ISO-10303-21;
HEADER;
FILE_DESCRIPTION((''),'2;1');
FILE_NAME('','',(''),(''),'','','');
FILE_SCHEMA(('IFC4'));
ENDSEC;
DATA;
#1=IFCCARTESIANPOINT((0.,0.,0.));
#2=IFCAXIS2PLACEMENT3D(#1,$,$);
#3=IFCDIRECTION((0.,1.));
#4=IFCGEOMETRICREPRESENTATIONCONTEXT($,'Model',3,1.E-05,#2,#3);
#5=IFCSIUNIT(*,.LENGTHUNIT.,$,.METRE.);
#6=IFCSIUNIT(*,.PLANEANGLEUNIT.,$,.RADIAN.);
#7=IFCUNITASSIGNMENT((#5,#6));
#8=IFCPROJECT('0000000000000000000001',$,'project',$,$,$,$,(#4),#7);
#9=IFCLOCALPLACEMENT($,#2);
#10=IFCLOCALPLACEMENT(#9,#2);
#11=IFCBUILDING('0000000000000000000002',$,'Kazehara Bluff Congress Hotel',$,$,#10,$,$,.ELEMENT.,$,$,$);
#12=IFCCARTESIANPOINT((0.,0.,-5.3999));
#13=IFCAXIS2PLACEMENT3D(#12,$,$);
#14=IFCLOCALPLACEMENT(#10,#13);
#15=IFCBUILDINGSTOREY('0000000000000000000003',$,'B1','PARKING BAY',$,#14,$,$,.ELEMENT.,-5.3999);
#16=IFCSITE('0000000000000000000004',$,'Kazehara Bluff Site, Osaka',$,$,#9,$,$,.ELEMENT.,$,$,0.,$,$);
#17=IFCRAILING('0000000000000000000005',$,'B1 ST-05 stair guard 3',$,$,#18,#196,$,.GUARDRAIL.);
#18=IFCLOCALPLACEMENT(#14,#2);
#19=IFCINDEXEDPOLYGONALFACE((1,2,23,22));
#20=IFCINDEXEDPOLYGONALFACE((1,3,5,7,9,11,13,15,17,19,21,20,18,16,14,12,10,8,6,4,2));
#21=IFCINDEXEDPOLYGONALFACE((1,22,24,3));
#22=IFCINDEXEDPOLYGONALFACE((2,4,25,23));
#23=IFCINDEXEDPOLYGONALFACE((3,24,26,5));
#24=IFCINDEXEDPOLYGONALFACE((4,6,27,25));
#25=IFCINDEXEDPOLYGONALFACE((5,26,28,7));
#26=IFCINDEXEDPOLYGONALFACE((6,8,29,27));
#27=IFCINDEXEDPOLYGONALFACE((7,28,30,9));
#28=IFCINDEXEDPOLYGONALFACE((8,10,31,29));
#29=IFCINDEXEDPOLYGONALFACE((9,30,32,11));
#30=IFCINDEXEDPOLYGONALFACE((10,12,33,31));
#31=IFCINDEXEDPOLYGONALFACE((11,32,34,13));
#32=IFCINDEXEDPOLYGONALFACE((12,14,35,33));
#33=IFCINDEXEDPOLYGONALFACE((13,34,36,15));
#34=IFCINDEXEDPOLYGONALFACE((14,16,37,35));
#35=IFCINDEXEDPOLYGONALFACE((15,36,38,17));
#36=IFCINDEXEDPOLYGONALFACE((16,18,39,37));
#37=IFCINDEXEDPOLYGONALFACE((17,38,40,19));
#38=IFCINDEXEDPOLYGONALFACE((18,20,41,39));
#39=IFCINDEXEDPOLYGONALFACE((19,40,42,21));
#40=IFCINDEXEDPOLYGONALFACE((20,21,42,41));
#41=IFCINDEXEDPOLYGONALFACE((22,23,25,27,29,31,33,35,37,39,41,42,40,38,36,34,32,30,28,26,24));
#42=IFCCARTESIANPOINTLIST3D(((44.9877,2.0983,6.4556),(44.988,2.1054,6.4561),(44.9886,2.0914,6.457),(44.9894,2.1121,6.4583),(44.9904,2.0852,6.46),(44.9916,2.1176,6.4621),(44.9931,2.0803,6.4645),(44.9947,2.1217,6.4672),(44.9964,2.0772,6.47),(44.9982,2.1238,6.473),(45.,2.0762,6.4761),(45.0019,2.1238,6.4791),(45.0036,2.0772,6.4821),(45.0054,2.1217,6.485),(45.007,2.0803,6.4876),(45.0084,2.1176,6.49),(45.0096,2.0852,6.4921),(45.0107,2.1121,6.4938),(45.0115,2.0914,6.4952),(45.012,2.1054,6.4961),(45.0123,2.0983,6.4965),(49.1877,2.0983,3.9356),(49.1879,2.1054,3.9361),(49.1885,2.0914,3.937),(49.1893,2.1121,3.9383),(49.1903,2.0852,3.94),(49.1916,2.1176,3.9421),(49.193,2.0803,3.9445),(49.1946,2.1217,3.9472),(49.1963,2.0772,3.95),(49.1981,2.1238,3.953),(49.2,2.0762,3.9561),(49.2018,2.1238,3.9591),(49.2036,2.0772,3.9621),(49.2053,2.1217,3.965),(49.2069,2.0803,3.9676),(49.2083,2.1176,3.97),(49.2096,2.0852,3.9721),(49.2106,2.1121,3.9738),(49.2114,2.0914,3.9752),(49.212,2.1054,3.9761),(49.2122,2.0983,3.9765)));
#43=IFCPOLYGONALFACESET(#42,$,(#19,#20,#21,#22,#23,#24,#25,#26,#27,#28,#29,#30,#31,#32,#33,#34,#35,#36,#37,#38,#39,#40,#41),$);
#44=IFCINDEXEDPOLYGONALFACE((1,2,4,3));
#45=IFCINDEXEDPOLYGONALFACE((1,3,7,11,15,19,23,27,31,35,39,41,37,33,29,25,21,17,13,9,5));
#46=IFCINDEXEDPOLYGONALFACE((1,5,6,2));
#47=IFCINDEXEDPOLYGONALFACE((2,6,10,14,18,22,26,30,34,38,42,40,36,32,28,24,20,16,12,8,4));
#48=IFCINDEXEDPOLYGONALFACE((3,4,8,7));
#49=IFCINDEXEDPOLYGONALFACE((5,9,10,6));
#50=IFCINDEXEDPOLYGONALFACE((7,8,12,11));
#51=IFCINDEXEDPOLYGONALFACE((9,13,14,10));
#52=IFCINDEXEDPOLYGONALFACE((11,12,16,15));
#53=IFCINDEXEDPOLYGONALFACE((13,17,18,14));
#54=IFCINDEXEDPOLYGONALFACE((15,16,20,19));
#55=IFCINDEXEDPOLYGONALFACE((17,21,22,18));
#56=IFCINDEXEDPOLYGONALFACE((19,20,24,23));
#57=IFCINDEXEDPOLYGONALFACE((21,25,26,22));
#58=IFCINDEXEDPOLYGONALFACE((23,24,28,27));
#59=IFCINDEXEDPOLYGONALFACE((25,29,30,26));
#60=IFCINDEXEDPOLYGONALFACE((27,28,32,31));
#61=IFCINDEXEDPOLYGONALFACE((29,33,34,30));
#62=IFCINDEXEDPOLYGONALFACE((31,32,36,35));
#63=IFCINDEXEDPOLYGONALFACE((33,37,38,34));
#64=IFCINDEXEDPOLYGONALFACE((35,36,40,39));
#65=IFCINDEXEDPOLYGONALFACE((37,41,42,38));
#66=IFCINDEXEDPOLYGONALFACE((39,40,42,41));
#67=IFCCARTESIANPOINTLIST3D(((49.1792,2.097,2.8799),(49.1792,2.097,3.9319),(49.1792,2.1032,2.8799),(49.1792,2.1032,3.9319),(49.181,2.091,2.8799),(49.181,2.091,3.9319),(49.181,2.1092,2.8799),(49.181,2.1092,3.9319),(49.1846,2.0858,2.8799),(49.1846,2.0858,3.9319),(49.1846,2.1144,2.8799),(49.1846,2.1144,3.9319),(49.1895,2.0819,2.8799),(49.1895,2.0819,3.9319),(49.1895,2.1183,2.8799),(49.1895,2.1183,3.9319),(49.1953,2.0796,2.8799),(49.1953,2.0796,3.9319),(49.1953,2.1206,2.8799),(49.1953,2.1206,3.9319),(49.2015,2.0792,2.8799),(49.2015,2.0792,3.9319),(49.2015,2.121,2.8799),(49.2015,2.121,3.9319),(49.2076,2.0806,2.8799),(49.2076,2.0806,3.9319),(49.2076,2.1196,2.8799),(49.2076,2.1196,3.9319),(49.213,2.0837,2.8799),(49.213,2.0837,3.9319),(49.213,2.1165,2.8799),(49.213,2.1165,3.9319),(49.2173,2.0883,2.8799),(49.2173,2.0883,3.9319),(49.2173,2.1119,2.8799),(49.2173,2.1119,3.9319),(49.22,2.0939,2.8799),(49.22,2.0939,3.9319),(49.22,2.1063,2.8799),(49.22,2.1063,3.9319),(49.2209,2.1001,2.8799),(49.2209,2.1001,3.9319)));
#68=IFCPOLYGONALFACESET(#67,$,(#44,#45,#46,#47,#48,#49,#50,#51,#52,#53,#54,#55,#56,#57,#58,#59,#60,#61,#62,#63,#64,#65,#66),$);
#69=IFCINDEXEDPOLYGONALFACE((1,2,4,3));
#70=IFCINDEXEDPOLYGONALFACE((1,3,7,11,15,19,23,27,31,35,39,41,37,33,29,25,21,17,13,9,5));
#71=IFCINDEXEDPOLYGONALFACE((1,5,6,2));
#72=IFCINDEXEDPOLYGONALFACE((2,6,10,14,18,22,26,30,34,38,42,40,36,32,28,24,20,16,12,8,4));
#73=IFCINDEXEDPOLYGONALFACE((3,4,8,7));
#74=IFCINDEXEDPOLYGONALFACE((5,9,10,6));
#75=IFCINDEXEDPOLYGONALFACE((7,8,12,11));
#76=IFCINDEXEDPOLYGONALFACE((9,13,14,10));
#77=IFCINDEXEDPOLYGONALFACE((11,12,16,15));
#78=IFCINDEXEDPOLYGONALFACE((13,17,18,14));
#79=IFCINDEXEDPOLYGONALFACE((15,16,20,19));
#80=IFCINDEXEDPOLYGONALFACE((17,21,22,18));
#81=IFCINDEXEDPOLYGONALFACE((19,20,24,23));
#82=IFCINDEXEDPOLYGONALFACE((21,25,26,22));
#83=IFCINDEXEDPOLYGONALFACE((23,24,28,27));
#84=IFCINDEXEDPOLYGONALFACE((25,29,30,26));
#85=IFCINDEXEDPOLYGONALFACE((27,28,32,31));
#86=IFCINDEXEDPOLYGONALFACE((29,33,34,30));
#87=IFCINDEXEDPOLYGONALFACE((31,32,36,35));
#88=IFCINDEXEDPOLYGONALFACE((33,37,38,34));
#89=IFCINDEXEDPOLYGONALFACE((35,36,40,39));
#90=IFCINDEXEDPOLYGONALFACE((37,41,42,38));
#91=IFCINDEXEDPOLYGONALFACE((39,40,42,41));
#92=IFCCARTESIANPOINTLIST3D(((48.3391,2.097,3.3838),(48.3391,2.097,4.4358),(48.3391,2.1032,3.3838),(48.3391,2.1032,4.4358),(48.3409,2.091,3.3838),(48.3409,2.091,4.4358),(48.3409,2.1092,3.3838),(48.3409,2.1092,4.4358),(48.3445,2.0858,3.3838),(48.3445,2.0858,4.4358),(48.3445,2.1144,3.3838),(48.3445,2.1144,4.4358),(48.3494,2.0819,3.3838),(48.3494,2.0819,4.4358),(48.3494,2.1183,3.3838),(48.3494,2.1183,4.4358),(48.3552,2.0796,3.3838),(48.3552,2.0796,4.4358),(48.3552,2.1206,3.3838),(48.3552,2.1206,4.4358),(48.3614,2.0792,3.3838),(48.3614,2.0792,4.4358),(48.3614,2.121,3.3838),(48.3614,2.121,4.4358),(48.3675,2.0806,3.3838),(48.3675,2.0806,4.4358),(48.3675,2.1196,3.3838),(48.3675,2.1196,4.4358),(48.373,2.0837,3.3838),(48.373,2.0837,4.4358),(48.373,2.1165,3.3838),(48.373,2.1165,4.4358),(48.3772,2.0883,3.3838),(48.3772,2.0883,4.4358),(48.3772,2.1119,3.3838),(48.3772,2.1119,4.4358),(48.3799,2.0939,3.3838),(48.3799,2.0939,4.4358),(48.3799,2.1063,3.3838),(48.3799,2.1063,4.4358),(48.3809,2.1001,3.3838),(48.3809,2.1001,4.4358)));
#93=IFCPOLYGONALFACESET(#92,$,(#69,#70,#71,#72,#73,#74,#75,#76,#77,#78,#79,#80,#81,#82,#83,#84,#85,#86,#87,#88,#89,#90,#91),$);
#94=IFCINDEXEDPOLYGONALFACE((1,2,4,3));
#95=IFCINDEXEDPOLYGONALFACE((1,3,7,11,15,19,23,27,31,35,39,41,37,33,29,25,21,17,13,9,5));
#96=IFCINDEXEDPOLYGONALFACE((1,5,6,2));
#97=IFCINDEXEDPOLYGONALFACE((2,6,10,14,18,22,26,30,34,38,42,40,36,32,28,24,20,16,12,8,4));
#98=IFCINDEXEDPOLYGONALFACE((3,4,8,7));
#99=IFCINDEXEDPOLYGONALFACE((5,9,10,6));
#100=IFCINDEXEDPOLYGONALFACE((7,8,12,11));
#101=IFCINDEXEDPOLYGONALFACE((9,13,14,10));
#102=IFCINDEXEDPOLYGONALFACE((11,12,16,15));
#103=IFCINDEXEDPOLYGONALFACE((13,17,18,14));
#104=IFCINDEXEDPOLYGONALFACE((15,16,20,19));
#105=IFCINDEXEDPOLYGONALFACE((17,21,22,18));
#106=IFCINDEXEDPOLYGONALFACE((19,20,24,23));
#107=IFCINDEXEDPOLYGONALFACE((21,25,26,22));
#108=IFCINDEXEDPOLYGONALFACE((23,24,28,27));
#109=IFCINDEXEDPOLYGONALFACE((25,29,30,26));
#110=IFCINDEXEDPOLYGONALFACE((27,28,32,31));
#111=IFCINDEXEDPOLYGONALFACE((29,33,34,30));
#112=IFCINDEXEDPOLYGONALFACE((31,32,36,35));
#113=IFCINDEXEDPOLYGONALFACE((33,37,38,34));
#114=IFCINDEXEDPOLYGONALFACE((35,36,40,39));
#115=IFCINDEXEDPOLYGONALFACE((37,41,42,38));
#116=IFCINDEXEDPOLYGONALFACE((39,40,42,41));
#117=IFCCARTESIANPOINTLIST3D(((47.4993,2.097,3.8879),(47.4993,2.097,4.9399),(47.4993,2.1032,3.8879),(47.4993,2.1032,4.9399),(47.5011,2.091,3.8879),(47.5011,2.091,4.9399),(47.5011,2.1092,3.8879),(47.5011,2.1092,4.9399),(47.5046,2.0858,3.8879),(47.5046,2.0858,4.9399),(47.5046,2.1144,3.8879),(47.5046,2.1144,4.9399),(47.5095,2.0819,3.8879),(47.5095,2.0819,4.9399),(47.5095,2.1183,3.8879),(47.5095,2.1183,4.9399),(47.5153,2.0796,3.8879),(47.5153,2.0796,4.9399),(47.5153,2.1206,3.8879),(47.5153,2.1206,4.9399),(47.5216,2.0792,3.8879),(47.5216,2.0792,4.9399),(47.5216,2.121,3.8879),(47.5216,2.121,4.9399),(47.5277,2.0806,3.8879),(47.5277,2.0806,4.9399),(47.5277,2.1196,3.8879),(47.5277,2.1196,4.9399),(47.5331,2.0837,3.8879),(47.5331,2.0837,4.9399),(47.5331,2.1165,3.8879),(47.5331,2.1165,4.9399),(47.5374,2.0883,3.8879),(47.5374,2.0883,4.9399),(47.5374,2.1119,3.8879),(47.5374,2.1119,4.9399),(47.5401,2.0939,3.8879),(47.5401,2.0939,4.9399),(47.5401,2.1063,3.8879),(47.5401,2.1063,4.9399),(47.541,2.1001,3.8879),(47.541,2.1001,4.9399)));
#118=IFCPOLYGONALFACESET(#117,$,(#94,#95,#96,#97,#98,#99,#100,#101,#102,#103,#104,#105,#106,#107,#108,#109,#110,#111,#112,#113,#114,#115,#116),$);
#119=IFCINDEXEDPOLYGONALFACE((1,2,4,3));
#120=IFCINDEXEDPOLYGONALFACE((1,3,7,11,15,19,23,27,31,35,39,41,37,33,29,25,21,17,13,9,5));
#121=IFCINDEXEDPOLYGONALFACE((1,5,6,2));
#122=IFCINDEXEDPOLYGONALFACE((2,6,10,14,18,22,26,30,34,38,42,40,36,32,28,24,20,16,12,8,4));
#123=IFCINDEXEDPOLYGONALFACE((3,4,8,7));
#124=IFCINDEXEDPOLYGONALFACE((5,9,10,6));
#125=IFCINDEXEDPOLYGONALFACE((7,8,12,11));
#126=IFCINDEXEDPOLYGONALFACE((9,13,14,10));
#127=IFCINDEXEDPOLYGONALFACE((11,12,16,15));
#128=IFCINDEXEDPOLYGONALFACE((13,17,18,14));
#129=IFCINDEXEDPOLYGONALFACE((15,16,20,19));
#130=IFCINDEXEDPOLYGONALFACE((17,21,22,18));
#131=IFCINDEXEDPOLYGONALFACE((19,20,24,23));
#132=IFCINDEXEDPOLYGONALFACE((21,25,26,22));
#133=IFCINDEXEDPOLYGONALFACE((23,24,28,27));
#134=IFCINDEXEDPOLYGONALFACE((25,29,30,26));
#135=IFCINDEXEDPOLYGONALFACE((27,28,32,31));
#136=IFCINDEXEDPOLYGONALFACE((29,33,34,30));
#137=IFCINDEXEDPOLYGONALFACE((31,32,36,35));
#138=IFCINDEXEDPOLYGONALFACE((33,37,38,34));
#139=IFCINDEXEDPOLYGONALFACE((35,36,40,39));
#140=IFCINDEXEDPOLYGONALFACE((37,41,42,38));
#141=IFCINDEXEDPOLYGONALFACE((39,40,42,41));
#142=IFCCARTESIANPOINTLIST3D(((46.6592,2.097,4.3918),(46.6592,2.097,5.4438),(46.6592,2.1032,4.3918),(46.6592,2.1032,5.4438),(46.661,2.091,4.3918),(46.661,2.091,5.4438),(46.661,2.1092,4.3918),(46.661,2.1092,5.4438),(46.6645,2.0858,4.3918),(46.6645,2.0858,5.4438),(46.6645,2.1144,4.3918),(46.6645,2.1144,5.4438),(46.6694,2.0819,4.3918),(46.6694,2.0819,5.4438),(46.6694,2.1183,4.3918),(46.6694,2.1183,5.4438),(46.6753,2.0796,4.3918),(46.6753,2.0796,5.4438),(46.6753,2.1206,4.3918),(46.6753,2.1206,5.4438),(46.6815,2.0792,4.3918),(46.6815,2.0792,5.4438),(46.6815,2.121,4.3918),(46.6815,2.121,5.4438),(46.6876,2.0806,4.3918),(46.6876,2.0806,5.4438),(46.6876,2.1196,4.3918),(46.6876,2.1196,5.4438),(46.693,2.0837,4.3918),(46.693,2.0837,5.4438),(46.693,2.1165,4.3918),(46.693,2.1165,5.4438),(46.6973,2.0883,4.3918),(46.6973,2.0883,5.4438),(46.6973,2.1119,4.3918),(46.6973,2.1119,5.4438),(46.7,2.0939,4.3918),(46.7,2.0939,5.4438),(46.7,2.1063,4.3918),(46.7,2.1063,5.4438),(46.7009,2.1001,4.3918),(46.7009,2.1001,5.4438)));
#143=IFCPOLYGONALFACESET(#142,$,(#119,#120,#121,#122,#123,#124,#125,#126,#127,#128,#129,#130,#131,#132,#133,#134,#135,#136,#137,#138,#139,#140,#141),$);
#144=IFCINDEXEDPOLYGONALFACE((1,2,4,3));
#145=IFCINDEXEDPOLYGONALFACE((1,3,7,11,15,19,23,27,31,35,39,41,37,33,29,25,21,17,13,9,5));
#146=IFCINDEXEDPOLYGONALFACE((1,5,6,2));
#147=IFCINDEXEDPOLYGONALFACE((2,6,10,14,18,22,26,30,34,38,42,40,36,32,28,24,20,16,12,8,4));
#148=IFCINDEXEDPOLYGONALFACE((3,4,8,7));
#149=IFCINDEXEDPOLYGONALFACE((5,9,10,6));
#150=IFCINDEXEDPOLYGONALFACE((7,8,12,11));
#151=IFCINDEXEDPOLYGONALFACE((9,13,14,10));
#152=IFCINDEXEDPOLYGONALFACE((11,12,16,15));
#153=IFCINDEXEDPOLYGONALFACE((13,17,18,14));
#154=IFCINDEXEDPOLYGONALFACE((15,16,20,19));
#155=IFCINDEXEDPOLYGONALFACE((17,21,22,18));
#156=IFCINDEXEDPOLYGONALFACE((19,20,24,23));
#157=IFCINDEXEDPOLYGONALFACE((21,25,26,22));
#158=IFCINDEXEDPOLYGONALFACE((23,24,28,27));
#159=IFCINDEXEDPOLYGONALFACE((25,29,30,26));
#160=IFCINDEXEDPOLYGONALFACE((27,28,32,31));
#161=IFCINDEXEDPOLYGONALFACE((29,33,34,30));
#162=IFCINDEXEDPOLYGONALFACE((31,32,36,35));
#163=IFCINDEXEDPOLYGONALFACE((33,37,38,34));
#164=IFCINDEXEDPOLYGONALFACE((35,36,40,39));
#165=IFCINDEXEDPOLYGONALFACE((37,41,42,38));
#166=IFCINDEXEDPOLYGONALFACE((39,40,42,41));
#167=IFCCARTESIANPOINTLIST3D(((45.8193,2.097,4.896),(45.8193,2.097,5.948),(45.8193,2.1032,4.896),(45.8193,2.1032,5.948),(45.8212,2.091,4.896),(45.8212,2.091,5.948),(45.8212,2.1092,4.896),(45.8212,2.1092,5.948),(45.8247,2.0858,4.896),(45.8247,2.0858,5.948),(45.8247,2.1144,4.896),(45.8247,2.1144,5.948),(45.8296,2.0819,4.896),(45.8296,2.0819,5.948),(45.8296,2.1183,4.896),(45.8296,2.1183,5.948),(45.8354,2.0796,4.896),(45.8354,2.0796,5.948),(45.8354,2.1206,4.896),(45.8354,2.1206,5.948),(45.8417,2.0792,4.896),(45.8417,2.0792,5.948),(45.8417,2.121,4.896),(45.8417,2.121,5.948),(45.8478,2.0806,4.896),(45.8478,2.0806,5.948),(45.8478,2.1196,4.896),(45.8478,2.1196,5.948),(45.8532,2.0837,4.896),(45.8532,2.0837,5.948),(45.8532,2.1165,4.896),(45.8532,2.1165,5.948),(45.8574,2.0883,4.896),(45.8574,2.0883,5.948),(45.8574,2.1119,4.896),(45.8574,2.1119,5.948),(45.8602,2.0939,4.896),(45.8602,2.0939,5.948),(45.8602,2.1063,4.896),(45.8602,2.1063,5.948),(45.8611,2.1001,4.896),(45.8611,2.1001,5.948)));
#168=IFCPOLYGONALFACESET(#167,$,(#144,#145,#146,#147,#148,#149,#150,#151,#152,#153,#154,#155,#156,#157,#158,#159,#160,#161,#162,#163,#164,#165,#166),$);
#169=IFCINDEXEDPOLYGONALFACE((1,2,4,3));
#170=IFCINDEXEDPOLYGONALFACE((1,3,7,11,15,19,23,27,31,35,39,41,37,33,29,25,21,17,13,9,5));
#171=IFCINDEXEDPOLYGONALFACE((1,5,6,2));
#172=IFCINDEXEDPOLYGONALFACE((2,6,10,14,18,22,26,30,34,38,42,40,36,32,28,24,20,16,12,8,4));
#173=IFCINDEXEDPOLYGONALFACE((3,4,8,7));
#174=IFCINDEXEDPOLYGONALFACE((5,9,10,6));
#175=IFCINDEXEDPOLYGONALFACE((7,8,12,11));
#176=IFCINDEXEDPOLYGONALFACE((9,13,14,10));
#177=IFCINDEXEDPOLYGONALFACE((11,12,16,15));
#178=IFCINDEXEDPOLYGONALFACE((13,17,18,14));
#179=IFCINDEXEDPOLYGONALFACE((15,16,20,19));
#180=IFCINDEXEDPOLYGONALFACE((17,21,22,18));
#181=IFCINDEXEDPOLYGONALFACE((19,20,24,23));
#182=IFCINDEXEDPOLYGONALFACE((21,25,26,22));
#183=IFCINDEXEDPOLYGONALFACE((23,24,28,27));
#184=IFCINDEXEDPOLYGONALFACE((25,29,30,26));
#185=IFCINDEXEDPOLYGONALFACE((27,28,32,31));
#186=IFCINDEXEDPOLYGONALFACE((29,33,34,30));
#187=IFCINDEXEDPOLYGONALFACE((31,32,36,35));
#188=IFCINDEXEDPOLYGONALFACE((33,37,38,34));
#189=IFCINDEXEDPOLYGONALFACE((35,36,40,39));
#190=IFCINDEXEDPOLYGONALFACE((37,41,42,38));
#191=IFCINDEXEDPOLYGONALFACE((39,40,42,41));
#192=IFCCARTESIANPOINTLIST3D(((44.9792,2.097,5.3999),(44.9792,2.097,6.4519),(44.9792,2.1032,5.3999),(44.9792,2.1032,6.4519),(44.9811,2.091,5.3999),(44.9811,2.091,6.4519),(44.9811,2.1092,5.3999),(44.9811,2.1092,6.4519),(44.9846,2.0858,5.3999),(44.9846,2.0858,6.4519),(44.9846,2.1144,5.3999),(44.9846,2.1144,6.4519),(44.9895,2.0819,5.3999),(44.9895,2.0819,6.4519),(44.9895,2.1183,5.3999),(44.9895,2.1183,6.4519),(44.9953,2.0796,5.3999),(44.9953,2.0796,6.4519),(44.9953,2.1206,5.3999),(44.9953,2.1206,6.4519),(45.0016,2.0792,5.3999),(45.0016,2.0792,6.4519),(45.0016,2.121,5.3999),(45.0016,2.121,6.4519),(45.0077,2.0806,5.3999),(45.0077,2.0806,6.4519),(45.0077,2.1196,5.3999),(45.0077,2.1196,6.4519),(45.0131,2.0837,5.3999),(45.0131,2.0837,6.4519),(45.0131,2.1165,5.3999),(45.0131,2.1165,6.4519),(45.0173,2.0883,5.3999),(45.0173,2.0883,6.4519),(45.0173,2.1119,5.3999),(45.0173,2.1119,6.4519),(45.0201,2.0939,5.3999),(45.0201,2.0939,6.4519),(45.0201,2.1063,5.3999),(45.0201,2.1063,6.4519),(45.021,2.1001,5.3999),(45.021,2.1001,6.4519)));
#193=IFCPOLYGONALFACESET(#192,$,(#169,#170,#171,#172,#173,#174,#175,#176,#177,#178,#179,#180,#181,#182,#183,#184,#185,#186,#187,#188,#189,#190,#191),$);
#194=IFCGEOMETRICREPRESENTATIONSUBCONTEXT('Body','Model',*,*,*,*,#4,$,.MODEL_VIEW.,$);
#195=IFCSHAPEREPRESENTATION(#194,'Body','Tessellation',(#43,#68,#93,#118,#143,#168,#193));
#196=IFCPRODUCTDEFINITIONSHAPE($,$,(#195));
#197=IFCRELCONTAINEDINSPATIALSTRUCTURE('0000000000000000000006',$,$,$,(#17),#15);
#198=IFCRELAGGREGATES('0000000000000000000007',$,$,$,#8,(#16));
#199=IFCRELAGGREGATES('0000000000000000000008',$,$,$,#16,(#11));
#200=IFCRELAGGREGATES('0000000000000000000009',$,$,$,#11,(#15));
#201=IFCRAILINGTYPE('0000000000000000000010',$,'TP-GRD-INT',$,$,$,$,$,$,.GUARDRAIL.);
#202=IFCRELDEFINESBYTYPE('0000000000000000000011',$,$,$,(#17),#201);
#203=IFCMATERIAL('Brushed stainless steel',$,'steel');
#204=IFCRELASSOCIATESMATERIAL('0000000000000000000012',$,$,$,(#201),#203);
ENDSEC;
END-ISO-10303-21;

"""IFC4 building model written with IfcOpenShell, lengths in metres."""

from ifc_helpers import new_model, si_unit, direction, frame, origin, origin_2d, place, context, subcontext, project, spatial, circle, extrude, material, type_object, element, save


model = new_model("IFC4")

# Units and contexts
model_context = context("Model", 3, precision=1e-05, world=origin(), true_north=direction((0.0, 1.0)))
body_context = subcontext(model_context, "Body", "Model", "MODEL_VIEW")
ifc_project = project(units=[si_unit("LENGTHUNIT", "METRE"), si_unit("PLANEANGLEUNIT", "RADIAN")], contexts=[model_context])

# Site, building, storey
site_placement = place(None, origin())
site = spatial("IfcSite", under=ifc_project, at=site_placement, Name="Kazehara Bluff Site, Osaka", CompositionType="ELEMENT", RefElevation=0.0)
building_placement = place(site_placement, origin())
building = spatial("IfcBuilding", under=site, at=building_placement, Name="Kazehara Bluff Congress Hotel", CompositionType="ELEMENT")
storey_placement = place(building_placement, frame((0.0, 0.0, -5.3999)))
storey = spatial("IfcBuildingStorey", under=building, at=storey_placement, Name="B1", Description="PARKING BAY", CompositionType="ELEMENT", Elevation=-5.3999)

# Railing
ifc_material_1 = material(Name="Brushed stainless steel", Category="steel")
railing_type_1 = type_object("IfcRailingType", Name="TP-GRD-INT", PredefinedType="GUARDRAIL", material=ifc_material_1)
railing_1_placement = place(storey_placement, frame((49.2, 2.1001, 2.8799)))
element("IfcRailing", 1, at=railing_1_placement, inside=storey, type_object=railing_type_1, Name="B1 ST-05 stair guard 3", PredefinedType="GUARDRAIL", context=body_context, shape_type="SweptSolid", body=[
    extrude(circle(Radius=0.0239, at=origin_2d()), frame((0.0, 0.0, 1.0762), z_axis=(-0.857489, 0.0, 0.514503), x_axis=(0.0, -1.0, 0.0)), (0.0, 0.0, 1.0), 4.8979),
    extrude(circle(Radius=0.021, at=origin_2d()), origin(), (0.0, 0.0, 1.0), 1.052),
    extrude(circle(Radius=0.021, at=origin_2d()), frame((-0.8401, 0.0, 0.5039)), (0.0, 0.0, 1.0), 1.052),
    extrude(circle(Radius=0.021, at=origin_2d()), frame((-1.6799, 0.0, 1.0081)), (0.0, 0.0, 1.0), 1.052),
    extrude(circle(Radius=0.021, at=origin_2d()), frame((-2.52, 0.0, 1.512)), (0.0, 0.0, 1.0), 1.052),
    extrude(circle(Radius=0.021, at=origin_2d()), frame((-3.3599, 0.0, 2.0161)), (0.0, 0.0, 1.0), 1.052),
    extrude(circle(Radius=0.021, at=origin_2d()), frame((-4.2, 0.0, 2.52)), (0.0, 0.0, 1.0), 1.052),
])

save(model, "model.ifc")
